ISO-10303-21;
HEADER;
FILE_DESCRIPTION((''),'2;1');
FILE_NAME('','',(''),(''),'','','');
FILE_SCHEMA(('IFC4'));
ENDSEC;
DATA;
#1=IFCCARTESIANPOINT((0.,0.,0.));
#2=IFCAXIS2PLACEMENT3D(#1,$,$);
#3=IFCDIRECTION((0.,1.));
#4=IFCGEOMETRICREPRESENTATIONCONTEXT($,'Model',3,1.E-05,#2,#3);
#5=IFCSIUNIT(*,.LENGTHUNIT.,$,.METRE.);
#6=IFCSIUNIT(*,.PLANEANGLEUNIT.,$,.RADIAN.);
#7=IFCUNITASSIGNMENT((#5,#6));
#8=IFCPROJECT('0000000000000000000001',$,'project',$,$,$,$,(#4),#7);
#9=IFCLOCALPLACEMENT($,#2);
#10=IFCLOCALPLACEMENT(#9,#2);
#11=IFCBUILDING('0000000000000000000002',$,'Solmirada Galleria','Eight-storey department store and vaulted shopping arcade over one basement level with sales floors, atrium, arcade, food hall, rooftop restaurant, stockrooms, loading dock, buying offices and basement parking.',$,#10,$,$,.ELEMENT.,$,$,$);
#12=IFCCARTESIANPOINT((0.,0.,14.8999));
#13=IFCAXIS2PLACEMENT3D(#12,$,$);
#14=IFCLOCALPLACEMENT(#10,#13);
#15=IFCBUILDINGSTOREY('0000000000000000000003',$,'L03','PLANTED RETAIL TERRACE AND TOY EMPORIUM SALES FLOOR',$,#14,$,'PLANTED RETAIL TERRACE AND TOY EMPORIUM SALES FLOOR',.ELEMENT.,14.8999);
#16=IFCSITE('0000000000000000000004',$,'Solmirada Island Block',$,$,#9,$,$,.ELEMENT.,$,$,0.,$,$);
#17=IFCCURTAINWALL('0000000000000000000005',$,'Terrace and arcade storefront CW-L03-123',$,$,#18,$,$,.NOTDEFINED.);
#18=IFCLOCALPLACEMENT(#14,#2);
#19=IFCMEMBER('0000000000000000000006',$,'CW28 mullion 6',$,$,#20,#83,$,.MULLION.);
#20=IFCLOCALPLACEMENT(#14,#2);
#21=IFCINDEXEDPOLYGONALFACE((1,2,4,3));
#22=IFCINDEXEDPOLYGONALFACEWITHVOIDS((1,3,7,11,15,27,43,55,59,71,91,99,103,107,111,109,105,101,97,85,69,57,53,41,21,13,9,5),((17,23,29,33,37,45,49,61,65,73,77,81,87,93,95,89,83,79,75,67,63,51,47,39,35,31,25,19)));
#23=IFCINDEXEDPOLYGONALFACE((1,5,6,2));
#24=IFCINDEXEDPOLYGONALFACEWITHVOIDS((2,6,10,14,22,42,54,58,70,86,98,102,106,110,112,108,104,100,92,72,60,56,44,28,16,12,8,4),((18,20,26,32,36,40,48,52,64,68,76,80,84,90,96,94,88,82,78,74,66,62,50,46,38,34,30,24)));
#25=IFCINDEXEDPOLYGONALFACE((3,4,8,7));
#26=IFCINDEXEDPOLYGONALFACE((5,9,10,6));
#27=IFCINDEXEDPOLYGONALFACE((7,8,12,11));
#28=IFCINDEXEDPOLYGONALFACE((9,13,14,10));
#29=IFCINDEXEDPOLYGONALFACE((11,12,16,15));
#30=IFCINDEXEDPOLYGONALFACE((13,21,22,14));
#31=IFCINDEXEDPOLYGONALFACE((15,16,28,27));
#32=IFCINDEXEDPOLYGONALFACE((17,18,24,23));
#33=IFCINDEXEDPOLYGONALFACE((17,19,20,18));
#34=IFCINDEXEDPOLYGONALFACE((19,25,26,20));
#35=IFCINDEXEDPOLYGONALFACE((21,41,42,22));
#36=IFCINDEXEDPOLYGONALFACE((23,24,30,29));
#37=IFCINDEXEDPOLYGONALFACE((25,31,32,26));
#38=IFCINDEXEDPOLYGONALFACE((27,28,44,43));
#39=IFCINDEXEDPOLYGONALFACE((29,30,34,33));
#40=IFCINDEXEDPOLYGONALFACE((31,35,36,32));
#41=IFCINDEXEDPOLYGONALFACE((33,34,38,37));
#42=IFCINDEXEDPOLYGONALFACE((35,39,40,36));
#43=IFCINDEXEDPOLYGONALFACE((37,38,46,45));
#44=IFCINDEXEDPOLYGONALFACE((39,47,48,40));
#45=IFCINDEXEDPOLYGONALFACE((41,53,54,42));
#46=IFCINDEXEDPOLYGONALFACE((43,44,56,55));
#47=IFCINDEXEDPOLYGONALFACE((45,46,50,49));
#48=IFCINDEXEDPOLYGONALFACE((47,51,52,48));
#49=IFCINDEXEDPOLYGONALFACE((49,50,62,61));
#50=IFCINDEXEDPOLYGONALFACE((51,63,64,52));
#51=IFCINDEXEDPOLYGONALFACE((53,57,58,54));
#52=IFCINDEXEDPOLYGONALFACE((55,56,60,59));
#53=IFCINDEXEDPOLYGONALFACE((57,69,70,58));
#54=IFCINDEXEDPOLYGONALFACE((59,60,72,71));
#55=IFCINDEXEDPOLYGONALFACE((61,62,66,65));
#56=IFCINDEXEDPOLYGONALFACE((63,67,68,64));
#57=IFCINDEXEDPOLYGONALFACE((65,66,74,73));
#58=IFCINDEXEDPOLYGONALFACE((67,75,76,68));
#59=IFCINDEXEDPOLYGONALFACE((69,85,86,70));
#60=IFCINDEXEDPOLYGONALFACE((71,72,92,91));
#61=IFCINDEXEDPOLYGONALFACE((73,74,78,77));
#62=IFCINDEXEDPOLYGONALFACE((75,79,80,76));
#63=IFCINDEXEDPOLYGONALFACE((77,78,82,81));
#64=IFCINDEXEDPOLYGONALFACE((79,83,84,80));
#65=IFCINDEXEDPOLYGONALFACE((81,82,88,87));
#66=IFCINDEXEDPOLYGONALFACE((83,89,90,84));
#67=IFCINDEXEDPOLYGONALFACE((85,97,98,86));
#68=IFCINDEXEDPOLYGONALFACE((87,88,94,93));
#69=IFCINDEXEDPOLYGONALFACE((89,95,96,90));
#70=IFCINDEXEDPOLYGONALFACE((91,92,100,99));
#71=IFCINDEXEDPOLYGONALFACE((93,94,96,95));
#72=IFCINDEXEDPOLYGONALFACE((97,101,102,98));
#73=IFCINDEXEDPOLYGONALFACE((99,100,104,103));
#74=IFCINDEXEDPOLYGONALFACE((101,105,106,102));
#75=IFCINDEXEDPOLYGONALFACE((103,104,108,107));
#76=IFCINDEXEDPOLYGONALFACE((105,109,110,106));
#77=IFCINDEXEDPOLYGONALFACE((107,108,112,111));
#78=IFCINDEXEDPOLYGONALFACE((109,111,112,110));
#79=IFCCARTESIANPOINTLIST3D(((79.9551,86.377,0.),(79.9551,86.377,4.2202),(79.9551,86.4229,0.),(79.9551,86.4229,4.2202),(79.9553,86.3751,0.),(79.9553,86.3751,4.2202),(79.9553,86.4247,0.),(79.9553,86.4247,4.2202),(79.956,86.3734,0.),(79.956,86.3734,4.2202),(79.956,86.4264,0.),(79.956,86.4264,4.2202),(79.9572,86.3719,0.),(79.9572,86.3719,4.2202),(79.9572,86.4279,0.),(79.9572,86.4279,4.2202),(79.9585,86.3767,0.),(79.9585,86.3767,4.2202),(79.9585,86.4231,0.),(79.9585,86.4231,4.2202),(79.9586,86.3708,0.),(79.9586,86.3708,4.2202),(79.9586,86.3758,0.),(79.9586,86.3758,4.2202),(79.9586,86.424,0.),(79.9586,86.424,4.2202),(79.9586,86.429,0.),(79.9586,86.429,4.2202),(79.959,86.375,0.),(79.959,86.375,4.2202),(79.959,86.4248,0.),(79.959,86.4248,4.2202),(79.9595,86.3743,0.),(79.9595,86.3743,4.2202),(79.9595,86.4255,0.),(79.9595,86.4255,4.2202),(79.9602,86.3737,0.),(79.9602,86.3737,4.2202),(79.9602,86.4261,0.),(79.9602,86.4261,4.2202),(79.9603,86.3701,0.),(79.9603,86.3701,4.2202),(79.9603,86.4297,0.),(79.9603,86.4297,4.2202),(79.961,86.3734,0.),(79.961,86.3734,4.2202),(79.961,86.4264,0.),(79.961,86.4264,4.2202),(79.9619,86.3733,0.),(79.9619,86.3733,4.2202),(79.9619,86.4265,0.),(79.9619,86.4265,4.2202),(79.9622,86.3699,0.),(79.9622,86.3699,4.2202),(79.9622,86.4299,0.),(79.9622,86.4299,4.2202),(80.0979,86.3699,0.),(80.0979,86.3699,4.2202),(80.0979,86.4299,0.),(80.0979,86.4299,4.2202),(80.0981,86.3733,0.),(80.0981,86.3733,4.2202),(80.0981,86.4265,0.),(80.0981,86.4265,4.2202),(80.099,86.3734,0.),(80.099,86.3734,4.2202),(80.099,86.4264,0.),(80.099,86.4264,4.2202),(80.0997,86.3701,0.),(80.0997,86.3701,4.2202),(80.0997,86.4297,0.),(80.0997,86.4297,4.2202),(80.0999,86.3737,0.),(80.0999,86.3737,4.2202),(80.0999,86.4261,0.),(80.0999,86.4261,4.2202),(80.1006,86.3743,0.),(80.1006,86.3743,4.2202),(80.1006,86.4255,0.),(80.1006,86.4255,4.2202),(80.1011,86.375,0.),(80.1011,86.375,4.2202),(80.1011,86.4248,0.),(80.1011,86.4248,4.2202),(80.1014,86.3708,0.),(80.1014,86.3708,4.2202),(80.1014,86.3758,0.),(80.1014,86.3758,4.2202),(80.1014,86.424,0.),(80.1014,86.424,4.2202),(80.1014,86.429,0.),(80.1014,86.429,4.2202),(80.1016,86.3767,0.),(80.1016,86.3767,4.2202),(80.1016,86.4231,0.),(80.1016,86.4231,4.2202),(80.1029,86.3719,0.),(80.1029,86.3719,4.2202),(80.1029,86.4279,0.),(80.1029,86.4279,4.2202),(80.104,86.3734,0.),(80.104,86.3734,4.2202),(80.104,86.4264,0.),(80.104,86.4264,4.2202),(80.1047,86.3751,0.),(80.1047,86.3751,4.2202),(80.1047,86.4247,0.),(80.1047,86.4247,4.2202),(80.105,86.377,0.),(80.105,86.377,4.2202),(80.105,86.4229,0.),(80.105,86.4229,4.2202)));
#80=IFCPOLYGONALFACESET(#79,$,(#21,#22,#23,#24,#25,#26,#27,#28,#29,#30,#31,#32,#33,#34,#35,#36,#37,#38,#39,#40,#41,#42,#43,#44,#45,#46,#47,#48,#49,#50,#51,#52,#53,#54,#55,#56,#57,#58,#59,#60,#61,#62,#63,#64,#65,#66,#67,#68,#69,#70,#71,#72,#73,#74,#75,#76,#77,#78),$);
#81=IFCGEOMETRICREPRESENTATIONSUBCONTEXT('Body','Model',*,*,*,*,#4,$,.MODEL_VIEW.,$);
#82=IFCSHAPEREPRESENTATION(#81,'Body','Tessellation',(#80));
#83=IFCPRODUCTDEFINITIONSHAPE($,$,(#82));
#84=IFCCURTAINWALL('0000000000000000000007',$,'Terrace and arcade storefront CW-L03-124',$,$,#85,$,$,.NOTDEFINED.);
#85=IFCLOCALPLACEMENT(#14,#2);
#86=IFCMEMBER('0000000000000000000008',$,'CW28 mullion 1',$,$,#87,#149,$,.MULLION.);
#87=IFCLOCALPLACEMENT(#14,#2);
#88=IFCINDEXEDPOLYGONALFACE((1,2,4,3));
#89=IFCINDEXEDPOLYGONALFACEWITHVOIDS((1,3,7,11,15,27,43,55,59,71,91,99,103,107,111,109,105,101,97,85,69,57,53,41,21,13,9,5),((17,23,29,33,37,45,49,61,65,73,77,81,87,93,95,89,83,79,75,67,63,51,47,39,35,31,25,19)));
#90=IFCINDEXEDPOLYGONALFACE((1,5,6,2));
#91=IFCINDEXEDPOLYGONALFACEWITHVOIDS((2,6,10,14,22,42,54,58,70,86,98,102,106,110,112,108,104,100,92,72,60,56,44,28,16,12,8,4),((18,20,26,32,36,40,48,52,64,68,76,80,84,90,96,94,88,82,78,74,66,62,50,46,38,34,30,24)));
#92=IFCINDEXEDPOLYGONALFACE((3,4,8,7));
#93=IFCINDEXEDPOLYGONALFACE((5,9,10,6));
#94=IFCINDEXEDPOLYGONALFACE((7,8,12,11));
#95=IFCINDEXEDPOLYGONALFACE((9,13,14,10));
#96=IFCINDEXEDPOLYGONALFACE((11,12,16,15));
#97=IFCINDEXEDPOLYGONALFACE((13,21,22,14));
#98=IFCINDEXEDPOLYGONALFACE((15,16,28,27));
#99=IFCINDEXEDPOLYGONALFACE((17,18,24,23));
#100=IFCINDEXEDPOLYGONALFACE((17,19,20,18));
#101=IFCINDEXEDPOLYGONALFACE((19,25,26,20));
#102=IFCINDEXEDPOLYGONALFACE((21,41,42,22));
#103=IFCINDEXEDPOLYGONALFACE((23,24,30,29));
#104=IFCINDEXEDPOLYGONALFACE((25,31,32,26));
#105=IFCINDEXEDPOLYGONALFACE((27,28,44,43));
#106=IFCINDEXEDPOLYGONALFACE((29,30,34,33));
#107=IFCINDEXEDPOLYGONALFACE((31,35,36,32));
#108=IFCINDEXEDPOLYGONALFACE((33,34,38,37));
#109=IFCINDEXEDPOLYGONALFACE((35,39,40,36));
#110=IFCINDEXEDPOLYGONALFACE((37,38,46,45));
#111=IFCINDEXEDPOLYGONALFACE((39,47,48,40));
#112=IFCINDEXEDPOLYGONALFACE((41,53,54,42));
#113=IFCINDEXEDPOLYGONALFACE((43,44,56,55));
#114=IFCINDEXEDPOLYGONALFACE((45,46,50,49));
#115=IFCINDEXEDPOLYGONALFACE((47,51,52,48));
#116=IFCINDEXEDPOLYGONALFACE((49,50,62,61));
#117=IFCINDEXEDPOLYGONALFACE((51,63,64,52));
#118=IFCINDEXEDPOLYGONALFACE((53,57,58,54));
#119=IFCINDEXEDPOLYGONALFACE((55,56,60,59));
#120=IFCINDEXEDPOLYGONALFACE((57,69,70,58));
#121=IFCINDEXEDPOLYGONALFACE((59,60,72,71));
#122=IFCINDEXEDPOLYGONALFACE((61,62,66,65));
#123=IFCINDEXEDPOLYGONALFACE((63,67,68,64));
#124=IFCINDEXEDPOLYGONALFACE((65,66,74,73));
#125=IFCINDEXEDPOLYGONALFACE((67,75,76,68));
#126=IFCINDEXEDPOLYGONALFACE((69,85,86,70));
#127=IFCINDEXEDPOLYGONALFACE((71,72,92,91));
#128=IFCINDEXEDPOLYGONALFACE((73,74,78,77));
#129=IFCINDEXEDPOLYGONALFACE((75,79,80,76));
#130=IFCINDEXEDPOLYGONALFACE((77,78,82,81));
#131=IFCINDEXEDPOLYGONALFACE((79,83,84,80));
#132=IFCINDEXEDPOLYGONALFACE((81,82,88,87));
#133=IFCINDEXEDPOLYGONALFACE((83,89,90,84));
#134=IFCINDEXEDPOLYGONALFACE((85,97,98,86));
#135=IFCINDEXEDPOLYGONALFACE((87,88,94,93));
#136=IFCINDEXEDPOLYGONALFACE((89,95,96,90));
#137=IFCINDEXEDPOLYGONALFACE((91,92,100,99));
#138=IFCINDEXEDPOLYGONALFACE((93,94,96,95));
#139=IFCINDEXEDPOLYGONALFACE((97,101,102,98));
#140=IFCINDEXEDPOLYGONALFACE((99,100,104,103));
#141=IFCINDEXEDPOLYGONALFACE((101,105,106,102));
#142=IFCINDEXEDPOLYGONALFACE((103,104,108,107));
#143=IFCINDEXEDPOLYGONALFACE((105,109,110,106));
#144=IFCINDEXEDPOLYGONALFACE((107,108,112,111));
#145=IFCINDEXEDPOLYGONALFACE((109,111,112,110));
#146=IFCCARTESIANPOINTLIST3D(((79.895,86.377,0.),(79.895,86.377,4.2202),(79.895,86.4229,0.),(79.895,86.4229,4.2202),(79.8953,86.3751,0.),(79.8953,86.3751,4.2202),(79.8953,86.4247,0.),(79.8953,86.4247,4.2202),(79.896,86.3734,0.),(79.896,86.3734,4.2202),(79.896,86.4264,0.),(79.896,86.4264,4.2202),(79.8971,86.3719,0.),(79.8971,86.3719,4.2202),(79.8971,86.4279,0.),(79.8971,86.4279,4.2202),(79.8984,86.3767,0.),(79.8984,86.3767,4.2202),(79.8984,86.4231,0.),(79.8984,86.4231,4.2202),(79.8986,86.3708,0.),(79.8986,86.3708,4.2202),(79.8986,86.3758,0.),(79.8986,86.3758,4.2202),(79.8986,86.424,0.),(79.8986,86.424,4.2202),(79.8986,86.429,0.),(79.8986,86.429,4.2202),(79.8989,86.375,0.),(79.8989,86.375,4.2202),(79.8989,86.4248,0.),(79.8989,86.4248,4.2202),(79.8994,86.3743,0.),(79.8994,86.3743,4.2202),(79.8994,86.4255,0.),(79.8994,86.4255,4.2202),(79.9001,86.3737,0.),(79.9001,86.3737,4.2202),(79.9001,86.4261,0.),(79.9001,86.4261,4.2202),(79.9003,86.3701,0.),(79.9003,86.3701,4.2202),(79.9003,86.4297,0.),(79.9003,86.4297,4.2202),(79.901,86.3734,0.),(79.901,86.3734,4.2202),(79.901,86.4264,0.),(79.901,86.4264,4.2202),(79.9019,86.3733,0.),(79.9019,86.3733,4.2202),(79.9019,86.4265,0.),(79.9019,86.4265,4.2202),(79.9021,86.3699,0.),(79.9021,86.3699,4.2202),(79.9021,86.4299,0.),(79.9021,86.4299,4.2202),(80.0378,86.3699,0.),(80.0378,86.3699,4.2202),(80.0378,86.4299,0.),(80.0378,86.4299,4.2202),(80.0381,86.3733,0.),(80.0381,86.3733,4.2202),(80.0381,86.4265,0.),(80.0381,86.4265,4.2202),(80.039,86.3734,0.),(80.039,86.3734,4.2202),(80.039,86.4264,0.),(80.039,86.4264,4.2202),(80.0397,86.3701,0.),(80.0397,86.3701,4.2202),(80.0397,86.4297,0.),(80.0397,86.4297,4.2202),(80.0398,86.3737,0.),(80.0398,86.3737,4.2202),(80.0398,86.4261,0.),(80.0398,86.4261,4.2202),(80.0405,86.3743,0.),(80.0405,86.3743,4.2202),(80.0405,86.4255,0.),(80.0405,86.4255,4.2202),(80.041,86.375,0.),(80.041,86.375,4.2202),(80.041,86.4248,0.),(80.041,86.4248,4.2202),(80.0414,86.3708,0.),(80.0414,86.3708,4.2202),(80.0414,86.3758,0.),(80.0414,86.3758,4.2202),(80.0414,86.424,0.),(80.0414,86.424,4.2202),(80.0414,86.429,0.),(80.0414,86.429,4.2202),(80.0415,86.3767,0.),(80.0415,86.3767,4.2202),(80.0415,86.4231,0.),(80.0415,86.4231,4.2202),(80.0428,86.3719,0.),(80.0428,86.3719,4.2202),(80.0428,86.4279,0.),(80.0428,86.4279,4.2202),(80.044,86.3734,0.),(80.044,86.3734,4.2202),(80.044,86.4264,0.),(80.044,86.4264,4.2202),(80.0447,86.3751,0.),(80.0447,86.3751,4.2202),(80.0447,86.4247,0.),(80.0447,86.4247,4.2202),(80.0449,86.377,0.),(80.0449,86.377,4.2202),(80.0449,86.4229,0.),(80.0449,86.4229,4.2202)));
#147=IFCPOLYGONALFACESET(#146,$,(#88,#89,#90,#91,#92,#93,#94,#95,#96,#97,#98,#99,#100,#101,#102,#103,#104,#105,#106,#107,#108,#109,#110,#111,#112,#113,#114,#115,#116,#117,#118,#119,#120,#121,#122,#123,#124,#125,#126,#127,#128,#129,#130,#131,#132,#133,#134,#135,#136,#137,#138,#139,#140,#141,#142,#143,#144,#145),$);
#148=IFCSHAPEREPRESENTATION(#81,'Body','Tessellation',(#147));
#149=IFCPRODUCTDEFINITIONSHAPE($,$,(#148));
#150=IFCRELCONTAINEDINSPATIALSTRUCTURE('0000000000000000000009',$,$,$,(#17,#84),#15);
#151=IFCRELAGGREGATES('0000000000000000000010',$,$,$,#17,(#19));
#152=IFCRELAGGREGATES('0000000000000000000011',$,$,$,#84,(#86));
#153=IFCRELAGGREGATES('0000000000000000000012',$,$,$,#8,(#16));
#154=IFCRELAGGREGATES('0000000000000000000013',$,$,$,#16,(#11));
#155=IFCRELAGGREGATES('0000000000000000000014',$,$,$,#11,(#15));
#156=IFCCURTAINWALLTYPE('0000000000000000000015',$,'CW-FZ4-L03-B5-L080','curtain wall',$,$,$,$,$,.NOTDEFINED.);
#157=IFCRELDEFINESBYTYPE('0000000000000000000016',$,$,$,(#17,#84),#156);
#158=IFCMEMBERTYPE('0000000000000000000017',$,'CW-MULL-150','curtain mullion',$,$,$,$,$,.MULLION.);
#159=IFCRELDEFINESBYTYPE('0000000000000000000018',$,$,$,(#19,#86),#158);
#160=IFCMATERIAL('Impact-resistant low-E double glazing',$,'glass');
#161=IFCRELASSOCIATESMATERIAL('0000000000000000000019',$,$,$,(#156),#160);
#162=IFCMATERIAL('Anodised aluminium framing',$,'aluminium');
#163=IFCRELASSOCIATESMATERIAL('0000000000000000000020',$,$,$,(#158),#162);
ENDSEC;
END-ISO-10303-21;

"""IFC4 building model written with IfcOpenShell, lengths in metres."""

from ifc_helpers import new_model, si_unit, direction, frame, origin, origin_2d, place, context, subcontext, project, spatial, hollow_rectangle, extrude, material, material_profile, profile_set, type_object, element, aggregate, save


model = new_model("IFC4")

# Units and contexts
model_context = context("Model", 3, precision=1e-05, world=origin(), true_north=direction((0.0, 1.0)))
body_context = subcontext(model_context, "Body", "Model", "MODEL_VIEW")
ifc_project = project(units=[si_unit("LENGTHUNIT", "METRE"), si_unit("PLANEANGLEUNIT", "RADIAN")], contexts=[model_context])

# Site, building, storey
site_placement = place(None, origin())
site = spatial("IfcSite", under=ifc_project, at=site_placement, Name="Solmirada Island Block", CompositionType="ELEMENT", RefElevation=0.0)
building_placement = place(site_placement, origin())
building = spatial("IfcBuilding", under=site, at=building_placement, Name="Solmirada Galleria", Description="Eight-storey department store and vaulted shopping arcade over one basement level with sales floors, atrium, arcade, food hall, rooftop restaurant, stockrooms, loading dock, buying offices and basement parking.", CompositionType="ELEMENT")
storey_placement = place(building_placement, frame((0.0, 0.0, 14.8999)))
storey = spatial("IfcBuildingStorey", under=building, at=storey_placement, Name="L03", Description="PLANTED RETAIL TERRACE AND TOY EMPORIUM SALES FLOOR", LongName="PLANTED RETAIL TERRACE AND TOY EMPORIUM SALES FLOOR", CompositionType="ELEMENT", Elevation=14.8999)

# Curtain wall, member
ifc_material_1 = material(Name="Impact-resistant low-E double glazing", Category="glass")
curtain_wall_type = type_object("IfcCurtainWallType", Name="CW-FZ4-L03-B5-L080", Description="curtain wall", PredefinedType="NOTDEFINED", material=ifc_material_1)
curtain_wall_1_placement = place(storey_placement, origin())
curtain_wall_1 = element("IfcCurtainWall", 1, at=curtain_wall_1_placement, inside=storey, type_object=curtain_wall_type, Name="Terrace and arcade storefront CW-L03-123", PredefinedType="NOTDEFINED")
ifc_material_2 = material(Name="Anodised aluminium framing", Category="aluminium")
ifc_material_profile_1 = material_profile(ifc_material_2, hollow_rectangle(XDim=0.0601, YDim=0.1499, WallThickness=0.0034, InnerFilletRadius=0.0034, OuterFilletRadius=0.0071, at=origin_2d()), Name="ALU-MULL-150X60")
ifc_profile_set_1 = profile_set([ifc_material_profile_1], Name="Anodised aluminium framing")
member_type_1 = type_object("IfcMemberType", Name="CW-MULL-150", Description="curtain mullion", PredefinedType="MULLION", material=ifc_profile_set_1)
member_1_placement = place(storey_placement, frame((80.03, 86.3999, 0.0), z_axis=(0.0, 0.0, 1.0), x_axis=(0.0, -1.0, 0.0)))
member_1 = element("IfcMember", 2, at=member_1_placement, type_object=member_type_1, Name="CW28 mullion 6", PredefinedType="MULLION", context=body_context, shape_type="SweptSolid", body=[
    extrude(hollow_rectangle(XDim=0.0601, YDim=0.1499, WallThickness=0.0034, InnerFilletRadius=0.0034, OuterFilletRadius=0.0071, at=origin_2d()), origin(), (0.0, 0.0, 1.0), 4.2202),
])

# Curtain wall, member
curtain_wall_2_placement = place(storey_placement, origin())
curtain_wall_2 = element("IfcCurtainWall", 3, at=curtain_wall_2_placement, inside=storey, type_object=curtain_wall_type, Name="Terrace and arcade storefront CW-L03-124", PredefinedType="NOTDEFINED")
member_2_placement = place(storey_placement, frame((79.97, 86.3999, 0.0), z_axis=(0.0, 0.0, 1.0), x_axis=(0.0, -1.0, 0.0)))
member_2 = element("IfcMember", 4, at=member_2_placement, type_object=member_type_1, Name="CW28 mullion 1", PredefinedType="MULLION", context=body_context, shape_type="SweptSolid", body=[
    extrude(hollow_rectangle(XDim=0.0601, YDim=0.1499, WallThickness=0.0034, InnerFilletRadius=0.0034, OuterFilletRadius=0.0071, at=origin_2d()), origin(), (0.0, 0.0, 1.0), 4.2202),
])

aggregate(curtain_wall_1, [member_1])
aggregate(curtain_wall_2, [member_2])

save(model, "model.ifc")
